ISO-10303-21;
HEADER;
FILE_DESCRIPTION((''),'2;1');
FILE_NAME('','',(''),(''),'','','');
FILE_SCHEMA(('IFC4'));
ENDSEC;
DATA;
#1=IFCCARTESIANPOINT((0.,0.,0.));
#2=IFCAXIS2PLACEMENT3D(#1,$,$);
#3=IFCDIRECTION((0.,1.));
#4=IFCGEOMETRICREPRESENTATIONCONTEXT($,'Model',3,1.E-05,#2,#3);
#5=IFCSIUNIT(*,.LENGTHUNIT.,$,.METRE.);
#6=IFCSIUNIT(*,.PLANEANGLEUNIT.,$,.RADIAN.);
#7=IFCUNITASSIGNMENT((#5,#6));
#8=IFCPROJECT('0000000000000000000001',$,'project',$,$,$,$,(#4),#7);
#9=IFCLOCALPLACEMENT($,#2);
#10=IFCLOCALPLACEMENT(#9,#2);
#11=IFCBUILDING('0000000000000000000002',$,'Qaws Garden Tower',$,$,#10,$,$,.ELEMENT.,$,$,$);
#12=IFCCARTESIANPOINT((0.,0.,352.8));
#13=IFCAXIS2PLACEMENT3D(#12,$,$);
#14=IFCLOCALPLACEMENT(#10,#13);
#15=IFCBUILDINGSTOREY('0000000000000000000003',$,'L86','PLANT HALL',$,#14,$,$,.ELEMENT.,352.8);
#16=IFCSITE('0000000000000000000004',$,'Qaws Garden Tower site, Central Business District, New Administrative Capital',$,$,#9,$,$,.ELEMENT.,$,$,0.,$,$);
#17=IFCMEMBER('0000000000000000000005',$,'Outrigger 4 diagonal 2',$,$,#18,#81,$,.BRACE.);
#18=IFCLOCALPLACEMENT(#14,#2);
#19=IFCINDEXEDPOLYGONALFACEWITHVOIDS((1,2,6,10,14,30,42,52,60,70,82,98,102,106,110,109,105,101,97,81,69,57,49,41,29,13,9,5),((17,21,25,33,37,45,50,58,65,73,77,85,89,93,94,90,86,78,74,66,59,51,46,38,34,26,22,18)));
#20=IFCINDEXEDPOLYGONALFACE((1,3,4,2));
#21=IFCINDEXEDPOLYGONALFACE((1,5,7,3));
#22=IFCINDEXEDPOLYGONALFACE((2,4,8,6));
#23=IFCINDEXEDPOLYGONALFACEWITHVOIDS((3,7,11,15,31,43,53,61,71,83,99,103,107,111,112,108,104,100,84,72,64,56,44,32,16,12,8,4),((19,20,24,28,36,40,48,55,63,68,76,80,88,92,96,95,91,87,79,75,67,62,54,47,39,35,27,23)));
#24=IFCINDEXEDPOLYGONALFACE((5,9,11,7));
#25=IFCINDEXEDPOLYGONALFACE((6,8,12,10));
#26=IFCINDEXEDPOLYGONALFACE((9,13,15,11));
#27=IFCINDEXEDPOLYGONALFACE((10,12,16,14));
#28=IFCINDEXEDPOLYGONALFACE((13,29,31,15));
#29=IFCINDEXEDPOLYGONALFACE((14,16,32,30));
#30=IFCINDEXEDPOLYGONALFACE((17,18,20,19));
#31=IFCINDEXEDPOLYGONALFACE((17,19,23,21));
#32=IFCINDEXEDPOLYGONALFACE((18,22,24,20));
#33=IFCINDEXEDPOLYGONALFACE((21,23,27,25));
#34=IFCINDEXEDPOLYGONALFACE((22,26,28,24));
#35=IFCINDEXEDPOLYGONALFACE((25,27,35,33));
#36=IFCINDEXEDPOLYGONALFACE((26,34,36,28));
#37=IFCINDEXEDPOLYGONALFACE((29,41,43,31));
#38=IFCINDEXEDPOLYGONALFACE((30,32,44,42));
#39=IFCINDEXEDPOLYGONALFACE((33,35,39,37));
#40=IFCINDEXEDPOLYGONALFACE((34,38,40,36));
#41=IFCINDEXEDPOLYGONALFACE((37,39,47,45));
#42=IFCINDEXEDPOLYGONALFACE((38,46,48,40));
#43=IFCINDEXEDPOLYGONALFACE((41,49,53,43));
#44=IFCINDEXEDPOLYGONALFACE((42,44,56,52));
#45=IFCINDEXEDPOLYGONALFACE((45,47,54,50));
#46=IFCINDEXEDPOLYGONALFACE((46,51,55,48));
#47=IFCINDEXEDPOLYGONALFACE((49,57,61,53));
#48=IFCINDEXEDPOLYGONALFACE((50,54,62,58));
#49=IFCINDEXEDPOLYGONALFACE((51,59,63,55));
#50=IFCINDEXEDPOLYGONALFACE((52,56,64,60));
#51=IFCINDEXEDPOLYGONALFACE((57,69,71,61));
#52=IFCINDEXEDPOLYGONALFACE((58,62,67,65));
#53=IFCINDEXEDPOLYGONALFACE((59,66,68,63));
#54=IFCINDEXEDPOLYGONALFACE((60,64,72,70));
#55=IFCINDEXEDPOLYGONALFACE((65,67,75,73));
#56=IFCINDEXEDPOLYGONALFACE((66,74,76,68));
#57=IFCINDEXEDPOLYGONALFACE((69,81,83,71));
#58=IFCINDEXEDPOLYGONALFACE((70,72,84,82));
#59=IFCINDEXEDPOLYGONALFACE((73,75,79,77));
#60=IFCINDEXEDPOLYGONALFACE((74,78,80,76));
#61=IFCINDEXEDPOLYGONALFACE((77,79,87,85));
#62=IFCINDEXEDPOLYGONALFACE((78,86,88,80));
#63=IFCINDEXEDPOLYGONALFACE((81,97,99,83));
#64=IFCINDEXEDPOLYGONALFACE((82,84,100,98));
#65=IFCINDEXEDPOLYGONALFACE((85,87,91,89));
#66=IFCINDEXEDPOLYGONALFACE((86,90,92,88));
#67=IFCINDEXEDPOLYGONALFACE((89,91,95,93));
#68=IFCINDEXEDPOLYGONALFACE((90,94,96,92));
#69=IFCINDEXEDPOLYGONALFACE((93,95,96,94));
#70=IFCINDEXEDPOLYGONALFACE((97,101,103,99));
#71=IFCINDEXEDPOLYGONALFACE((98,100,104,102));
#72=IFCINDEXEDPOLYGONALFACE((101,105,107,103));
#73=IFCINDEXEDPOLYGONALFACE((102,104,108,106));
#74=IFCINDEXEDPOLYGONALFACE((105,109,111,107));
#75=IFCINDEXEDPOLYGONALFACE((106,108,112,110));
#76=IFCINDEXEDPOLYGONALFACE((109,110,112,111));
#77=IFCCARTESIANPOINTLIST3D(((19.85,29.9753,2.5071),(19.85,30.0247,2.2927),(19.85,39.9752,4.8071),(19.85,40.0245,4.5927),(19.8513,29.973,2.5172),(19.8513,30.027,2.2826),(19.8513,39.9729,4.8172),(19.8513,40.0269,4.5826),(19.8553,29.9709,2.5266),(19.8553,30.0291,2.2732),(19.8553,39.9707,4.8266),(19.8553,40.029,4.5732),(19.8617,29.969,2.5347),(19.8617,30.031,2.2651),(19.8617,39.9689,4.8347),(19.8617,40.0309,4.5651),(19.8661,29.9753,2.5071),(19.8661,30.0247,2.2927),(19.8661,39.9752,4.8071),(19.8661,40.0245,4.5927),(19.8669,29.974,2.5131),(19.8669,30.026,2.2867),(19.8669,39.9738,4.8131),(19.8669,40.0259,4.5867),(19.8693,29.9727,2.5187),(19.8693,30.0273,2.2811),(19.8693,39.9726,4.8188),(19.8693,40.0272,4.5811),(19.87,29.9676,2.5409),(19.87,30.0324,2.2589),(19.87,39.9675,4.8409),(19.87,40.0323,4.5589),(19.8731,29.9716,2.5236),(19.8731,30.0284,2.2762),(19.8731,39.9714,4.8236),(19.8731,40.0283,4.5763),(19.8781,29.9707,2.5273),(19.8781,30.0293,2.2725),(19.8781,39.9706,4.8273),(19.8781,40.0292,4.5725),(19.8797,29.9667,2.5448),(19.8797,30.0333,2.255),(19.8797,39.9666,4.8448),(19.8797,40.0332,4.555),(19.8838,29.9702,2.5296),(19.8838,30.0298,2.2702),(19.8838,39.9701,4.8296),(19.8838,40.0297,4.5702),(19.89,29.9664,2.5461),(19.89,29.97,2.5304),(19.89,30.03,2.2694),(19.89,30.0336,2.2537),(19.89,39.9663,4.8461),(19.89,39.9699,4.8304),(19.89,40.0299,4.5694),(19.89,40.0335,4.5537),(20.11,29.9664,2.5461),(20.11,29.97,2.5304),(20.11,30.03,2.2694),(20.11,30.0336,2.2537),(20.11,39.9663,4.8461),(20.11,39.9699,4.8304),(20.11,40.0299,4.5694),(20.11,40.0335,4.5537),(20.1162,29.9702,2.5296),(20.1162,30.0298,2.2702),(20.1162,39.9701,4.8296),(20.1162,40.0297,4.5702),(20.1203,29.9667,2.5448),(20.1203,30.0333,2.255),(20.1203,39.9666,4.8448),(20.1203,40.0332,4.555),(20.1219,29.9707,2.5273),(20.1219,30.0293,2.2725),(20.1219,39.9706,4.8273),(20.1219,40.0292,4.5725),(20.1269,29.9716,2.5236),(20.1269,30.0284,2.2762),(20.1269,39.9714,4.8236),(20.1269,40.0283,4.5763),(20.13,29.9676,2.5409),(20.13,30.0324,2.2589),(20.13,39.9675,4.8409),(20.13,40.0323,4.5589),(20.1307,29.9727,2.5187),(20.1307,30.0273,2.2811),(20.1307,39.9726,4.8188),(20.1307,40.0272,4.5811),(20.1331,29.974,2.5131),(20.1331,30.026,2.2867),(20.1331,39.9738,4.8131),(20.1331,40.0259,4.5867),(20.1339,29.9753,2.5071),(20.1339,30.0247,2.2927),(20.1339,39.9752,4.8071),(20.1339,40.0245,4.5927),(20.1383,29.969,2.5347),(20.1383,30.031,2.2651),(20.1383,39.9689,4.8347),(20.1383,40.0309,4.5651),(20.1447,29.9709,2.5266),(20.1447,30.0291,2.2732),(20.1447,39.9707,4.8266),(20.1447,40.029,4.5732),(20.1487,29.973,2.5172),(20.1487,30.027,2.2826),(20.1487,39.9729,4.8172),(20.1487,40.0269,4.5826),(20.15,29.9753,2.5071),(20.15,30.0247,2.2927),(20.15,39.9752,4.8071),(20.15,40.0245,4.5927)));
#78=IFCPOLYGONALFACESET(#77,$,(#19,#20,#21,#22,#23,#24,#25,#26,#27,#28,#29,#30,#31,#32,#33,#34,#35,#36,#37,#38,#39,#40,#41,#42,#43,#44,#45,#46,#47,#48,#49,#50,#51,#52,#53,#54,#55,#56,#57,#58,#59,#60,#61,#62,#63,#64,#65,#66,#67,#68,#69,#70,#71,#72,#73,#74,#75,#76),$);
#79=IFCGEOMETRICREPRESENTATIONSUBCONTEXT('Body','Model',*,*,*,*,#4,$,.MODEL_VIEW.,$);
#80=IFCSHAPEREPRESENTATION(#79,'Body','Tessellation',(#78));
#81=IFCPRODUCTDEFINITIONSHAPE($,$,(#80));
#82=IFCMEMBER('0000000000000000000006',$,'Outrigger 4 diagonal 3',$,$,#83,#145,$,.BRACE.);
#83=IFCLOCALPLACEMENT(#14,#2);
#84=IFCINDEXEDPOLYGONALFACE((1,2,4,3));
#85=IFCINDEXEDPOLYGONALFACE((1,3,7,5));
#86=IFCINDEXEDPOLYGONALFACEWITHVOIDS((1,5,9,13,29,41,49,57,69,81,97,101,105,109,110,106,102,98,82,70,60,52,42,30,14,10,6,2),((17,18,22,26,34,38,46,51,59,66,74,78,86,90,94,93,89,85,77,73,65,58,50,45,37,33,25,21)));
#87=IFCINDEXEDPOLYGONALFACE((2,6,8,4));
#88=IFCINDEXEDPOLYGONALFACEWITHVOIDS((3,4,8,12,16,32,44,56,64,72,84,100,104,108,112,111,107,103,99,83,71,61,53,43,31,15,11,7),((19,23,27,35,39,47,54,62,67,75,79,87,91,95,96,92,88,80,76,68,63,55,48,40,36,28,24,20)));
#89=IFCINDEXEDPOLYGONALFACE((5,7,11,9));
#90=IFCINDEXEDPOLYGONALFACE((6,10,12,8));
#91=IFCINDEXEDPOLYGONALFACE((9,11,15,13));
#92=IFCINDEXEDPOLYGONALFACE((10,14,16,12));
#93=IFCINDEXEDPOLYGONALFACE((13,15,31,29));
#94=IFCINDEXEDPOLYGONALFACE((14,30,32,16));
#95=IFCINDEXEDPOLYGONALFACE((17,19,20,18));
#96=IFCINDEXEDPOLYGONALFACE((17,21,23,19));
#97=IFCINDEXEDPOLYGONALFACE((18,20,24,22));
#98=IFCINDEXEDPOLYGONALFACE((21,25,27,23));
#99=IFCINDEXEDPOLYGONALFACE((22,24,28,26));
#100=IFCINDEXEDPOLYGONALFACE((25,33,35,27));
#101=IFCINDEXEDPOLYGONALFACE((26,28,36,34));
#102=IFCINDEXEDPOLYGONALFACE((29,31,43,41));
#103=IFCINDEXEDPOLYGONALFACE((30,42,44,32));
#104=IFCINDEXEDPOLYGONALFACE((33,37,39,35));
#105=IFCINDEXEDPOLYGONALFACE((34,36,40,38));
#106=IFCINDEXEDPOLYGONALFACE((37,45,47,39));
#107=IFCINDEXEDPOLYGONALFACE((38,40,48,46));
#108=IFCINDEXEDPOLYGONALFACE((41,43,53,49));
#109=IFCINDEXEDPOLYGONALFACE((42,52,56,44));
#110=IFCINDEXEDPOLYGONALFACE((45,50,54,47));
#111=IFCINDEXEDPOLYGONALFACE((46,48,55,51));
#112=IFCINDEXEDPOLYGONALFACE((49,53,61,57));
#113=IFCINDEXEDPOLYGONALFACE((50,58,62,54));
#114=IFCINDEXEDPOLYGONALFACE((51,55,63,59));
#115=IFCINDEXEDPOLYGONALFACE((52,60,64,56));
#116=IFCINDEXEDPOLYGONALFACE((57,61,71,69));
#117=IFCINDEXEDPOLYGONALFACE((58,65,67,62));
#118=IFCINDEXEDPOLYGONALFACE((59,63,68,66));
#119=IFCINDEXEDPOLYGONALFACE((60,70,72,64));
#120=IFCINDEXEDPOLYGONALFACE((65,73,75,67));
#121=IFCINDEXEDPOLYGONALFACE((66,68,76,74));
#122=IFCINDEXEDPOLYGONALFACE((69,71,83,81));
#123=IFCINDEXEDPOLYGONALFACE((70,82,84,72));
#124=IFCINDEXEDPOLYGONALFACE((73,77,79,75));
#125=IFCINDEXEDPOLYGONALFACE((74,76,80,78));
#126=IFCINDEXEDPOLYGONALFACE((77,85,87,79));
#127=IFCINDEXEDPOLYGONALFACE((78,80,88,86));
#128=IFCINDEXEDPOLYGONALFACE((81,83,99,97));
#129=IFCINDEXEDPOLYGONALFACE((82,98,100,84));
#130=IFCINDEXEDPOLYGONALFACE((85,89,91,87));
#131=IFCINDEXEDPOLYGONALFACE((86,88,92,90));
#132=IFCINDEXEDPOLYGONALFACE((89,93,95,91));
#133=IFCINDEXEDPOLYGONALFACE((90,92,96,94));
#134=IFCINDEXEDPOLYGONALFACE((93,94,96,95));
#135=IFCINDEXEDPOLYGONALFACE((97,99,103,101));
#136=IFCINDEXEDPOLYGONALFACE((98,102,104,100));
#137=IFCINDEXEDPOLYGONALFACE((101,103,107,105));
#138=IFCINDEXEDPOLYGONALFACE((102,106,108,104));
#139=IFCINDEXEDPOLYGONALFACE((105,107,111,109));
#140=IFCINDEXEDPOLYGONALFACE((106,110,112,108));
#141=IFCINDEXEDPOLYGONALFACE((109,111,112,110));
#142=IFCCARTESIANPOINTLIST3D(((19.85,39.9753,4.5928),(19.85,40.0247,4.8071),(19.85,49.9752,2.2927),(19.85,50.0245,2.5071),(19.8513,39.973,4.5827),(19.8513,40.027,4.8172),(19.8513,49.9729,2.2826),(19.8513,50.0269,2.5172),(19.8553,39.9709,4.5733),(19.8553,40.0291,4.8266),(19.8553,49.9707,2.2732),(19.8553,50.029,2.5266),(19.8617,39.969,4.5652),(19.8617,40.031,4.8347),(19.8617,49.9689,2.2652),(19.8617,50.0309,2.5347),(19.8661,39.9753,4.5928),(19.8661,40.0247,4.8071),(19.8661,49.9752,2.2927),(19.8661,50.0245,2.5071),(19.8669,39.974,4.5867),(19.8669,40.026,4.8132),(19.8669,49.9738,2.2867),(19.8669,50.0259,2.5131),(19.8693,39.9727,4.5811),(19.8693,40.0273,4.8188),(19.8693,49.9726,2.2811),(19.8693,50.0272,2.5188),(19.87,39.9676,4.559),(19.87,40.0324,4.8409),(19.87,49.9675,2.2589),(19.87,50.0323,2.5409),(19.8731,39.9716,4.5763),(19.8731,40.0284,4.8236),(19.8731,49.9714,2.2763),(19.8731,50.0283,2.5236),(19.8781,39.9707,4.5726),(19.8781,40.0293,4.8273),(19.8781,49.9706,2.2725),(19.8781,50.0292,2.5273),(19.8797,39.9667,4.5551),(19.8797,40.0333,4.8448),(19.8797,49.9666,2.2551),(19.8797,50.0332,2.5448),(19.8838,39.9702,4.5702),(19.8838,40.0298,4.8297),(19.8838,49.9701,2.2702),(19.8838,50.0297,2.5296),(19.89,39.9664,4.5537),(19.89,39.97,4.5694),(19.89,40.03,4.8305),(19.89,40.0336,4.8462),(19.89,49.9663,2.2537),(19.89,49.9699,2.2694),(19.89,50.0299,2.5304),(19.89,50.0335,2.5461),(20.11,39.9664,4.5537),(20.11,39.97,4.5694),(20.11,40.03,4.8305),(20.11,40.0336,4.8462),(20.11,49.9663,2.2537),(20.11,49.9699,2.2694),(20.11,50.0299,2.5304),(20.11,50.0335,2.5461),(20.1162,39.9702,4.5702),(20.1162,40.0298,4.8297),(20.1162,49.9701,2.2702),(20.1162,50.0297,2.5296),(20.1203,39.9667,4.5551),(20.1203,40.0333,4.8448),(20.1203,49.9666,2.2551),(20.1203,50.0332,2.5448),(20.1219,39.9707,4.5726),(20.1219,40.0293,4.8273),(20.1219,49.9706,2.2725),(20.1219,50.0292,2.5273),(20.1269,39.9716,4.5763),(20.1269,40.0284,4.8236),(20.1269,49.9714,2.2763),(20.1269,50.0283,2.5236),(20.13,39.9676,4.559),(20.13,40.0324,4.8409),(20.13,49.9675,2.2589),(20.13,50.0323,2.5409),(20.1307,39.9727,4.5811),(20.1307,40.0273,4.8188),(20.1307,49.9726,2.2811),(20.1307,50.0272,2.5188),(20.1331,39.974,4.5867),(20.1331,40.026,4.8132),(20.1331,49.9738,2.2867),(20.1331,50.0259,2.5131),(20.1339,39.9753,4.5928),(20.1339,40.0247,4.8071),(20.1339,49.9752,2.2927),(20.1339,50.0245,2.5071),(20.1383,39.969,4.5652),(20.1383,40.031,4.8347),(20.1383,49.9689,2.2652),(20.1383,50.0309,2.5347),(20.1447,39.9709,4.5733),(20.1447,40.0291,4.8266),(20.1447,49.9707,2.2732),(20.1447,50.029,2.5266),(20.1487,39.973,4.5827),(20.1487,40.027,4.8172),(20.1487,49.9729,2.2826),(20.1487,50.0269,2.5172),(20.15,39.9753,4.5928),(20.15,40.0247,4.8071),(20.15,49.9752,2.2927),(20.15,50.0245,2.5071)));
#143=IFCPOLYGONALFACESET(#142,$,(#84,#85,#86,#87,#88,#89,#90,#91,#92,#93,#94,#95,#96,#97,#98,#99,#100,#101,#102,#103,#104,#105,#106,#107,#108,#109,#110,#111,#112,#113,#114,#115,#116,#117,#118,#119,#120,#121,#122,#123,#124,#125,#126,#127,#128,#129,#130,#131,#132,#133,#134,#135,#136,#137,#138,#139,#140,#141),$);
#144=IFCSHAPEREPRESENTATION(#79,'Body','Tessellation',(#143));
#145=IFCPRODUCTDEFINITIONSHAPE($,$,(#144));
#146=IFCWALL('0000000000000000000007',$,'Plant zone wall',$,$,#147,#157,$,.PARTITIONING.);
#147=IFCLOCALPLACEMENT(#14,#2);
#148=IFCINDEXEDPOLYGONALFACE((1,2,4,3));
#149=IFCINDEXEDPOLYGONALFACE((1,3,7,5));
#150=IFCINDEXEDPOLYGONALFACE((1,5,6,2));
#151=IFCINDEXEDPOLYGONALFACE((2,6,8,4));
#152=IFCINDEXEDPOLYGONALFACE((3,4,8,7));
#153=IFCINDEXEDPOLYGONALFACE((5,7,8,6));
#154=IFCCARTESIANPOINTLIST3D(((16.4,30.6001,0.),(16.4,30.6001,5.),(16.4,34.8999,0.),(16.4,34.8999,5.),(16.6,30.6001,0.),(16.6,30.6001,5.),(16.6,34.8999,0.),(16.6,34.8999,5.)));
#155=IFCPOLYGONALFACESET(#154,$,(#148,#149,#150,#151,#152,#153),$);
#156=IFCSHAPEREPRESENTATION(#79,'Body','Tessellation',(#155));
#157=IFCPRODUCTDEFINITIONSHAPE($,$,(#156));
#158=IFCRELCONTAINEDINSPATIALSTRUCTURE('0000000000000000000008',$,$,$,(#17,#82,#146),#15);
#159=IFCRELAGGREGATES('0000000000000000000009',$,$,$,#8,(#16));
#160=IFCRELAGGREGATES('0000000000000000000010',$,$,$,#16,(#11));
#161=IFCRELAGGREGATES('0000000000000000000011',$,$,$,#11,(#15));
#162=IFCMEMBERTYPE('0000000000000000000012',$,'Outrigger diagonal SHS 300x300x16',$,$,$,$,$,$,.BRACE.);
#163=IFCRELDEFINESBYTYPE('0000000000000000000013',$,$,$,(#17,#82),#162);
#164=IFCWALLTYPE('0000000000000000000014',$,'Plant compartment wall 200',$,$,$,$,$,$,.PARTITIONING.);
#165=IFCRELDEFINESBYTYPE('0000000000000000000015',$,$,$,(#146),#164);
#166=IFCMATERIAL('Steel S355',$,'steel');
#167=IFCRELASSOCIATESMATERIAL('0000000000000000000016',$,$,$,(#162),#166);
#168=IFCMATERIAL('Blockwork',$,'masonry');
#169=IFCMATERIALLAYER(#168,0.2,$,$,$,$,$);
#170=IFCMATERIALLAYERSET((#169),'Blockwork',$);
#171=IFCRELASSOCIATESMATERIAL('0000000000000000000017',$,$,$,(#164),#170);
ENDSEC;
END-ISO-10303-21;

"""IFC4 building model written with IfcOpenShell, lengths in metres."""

from ifc_helpers import new_model, si_unit, direction, frame, frame_2d, origin, origin_2d, place, context, subcontext, project, spatial, rectangle, hollow_rectangle, extrude, material, layer, layer_set, material_profile, profile_set, type_object, element, save


model = new_model("IFC4")

# Units and contexts
model_context = context("Model", 3, precision=1e-05, world=origin(), true_north=direction((0.0, 1.0)))
body_context = subcontext(model_context, "Body", "Model", "MODEL_VIEW")
ifc_project = project(units=[si_unit("LENGTHUNIT", "METRE"), si_unit("PLANEANGLEUNIT", "RADIAN")], contexts=[model_context])

# Site, building, storey
site_placement = place(None, origin())
site = spatial("IfcSite", under=ifc_project, at=site_placement, Name="Qaws Garden Tower site, Central Business District, New Administrative Capital", CompositionType="ELEMENT", RefElevation=0.0)
building_placement = place(site_placement, origin())
building = spatial("IfcBuilding", under=site, at=building_placement, Name="Qaws Garden Tower", CompositionType="ELEMENT")
storey_placement = place(building_placement, frame((0.0, 0.0, 352.8)))
storey = spatial("IfcBuildingStorey", under=building, at=storey_placement, Name="L86", Description="PLANT HALL", CompositionType="ELEMENT", Elevation=352.8)

# Members
ifc_material_1 = material(Name="Steel S355", Category="steel")
ifc_material_profile_1 = material_profile(ifc_material_1, hollow_rectangle(XDim=0.3, YDim=0.3, WallThickness=0.0161, InnerFilletRadius=0.0239, OuterFilletRadius=0.04, at=origin_2d()), Name="SHS 300x300x16")
ifc_profile_set_1 = profile_set([ifc_material_profile_1], Name="Steel S355")
member_type_1 = type_object("IfcMemberType", Name="Outrigger diagonal SHS 300x300x16", PredefinedType="BRACE", material=ifc_profile_set_1)
for number, where, z_axis, x_axis, name in (
    (1, (20.0, 30.0, 2.3999), (0.0, 0.974554, 0.224152), (-1.0, 0.0, 0.0), "Outrigger 4 diagonal 2"),
    (2, (20.0, 40.0, 4.7), (0.0, 0.974554, -0.224152), (-1.0, 0.0, 0.0), "Outrigger 4 diagonal 3"),
):
    element("IfcMember", number, at=place(storey_placement, frame(where, z_axis=z_axis, x_axis=x_axis)), inside=storey, type_object=member_type_1, Name=name, PredefinedType="BRACE", context=body_context, shape_type="SweptSolid", body=[
        extrude(hollow_rectangle(XDim=0.3, YDim=0.3, WallThickness=0.0161, InnerFilletRadius=0.0239, OuterFilletRadius=0.04, at=origin_2d()), origin(), (0.0, 0.0, 1.0), 10.261),
    ])

# Wall
ifc_material_2 = material(Name="Blockwork", Category="masonry")
ifc_layer = layer(ifc_material_2, 0.2)
ifc_layer_set = layer_set([ifc_layer], Name="Blockwork")
wall_type = type_object("IfcWallType", Name="Plant compartment wall 200", PredefinedType="PARTITIONING", material=ifc_layer_set)
wall_placement = place(storey_placement, frame((16.5, 30.6001, 0.0), z_axis=(0.0, 0.0, 1.0), x_axis=(0.0, 1.0, 0.0)))
element("IfcWall", 3, at=wall_placement, inside=storey, type_object=wall_type, Name="Plant zone wall", PredefinedType="PARTITIONING", context=body_context, shape_type="SweptSolid", body=[
    extrude(rectangle(XDim=4.2998, YDim=0.2, at=frame_2d((2.1499, 0.0))), origin(), (0.0, 0.0, 1.0), 5.0),
])

save(model, "model.ifc")
